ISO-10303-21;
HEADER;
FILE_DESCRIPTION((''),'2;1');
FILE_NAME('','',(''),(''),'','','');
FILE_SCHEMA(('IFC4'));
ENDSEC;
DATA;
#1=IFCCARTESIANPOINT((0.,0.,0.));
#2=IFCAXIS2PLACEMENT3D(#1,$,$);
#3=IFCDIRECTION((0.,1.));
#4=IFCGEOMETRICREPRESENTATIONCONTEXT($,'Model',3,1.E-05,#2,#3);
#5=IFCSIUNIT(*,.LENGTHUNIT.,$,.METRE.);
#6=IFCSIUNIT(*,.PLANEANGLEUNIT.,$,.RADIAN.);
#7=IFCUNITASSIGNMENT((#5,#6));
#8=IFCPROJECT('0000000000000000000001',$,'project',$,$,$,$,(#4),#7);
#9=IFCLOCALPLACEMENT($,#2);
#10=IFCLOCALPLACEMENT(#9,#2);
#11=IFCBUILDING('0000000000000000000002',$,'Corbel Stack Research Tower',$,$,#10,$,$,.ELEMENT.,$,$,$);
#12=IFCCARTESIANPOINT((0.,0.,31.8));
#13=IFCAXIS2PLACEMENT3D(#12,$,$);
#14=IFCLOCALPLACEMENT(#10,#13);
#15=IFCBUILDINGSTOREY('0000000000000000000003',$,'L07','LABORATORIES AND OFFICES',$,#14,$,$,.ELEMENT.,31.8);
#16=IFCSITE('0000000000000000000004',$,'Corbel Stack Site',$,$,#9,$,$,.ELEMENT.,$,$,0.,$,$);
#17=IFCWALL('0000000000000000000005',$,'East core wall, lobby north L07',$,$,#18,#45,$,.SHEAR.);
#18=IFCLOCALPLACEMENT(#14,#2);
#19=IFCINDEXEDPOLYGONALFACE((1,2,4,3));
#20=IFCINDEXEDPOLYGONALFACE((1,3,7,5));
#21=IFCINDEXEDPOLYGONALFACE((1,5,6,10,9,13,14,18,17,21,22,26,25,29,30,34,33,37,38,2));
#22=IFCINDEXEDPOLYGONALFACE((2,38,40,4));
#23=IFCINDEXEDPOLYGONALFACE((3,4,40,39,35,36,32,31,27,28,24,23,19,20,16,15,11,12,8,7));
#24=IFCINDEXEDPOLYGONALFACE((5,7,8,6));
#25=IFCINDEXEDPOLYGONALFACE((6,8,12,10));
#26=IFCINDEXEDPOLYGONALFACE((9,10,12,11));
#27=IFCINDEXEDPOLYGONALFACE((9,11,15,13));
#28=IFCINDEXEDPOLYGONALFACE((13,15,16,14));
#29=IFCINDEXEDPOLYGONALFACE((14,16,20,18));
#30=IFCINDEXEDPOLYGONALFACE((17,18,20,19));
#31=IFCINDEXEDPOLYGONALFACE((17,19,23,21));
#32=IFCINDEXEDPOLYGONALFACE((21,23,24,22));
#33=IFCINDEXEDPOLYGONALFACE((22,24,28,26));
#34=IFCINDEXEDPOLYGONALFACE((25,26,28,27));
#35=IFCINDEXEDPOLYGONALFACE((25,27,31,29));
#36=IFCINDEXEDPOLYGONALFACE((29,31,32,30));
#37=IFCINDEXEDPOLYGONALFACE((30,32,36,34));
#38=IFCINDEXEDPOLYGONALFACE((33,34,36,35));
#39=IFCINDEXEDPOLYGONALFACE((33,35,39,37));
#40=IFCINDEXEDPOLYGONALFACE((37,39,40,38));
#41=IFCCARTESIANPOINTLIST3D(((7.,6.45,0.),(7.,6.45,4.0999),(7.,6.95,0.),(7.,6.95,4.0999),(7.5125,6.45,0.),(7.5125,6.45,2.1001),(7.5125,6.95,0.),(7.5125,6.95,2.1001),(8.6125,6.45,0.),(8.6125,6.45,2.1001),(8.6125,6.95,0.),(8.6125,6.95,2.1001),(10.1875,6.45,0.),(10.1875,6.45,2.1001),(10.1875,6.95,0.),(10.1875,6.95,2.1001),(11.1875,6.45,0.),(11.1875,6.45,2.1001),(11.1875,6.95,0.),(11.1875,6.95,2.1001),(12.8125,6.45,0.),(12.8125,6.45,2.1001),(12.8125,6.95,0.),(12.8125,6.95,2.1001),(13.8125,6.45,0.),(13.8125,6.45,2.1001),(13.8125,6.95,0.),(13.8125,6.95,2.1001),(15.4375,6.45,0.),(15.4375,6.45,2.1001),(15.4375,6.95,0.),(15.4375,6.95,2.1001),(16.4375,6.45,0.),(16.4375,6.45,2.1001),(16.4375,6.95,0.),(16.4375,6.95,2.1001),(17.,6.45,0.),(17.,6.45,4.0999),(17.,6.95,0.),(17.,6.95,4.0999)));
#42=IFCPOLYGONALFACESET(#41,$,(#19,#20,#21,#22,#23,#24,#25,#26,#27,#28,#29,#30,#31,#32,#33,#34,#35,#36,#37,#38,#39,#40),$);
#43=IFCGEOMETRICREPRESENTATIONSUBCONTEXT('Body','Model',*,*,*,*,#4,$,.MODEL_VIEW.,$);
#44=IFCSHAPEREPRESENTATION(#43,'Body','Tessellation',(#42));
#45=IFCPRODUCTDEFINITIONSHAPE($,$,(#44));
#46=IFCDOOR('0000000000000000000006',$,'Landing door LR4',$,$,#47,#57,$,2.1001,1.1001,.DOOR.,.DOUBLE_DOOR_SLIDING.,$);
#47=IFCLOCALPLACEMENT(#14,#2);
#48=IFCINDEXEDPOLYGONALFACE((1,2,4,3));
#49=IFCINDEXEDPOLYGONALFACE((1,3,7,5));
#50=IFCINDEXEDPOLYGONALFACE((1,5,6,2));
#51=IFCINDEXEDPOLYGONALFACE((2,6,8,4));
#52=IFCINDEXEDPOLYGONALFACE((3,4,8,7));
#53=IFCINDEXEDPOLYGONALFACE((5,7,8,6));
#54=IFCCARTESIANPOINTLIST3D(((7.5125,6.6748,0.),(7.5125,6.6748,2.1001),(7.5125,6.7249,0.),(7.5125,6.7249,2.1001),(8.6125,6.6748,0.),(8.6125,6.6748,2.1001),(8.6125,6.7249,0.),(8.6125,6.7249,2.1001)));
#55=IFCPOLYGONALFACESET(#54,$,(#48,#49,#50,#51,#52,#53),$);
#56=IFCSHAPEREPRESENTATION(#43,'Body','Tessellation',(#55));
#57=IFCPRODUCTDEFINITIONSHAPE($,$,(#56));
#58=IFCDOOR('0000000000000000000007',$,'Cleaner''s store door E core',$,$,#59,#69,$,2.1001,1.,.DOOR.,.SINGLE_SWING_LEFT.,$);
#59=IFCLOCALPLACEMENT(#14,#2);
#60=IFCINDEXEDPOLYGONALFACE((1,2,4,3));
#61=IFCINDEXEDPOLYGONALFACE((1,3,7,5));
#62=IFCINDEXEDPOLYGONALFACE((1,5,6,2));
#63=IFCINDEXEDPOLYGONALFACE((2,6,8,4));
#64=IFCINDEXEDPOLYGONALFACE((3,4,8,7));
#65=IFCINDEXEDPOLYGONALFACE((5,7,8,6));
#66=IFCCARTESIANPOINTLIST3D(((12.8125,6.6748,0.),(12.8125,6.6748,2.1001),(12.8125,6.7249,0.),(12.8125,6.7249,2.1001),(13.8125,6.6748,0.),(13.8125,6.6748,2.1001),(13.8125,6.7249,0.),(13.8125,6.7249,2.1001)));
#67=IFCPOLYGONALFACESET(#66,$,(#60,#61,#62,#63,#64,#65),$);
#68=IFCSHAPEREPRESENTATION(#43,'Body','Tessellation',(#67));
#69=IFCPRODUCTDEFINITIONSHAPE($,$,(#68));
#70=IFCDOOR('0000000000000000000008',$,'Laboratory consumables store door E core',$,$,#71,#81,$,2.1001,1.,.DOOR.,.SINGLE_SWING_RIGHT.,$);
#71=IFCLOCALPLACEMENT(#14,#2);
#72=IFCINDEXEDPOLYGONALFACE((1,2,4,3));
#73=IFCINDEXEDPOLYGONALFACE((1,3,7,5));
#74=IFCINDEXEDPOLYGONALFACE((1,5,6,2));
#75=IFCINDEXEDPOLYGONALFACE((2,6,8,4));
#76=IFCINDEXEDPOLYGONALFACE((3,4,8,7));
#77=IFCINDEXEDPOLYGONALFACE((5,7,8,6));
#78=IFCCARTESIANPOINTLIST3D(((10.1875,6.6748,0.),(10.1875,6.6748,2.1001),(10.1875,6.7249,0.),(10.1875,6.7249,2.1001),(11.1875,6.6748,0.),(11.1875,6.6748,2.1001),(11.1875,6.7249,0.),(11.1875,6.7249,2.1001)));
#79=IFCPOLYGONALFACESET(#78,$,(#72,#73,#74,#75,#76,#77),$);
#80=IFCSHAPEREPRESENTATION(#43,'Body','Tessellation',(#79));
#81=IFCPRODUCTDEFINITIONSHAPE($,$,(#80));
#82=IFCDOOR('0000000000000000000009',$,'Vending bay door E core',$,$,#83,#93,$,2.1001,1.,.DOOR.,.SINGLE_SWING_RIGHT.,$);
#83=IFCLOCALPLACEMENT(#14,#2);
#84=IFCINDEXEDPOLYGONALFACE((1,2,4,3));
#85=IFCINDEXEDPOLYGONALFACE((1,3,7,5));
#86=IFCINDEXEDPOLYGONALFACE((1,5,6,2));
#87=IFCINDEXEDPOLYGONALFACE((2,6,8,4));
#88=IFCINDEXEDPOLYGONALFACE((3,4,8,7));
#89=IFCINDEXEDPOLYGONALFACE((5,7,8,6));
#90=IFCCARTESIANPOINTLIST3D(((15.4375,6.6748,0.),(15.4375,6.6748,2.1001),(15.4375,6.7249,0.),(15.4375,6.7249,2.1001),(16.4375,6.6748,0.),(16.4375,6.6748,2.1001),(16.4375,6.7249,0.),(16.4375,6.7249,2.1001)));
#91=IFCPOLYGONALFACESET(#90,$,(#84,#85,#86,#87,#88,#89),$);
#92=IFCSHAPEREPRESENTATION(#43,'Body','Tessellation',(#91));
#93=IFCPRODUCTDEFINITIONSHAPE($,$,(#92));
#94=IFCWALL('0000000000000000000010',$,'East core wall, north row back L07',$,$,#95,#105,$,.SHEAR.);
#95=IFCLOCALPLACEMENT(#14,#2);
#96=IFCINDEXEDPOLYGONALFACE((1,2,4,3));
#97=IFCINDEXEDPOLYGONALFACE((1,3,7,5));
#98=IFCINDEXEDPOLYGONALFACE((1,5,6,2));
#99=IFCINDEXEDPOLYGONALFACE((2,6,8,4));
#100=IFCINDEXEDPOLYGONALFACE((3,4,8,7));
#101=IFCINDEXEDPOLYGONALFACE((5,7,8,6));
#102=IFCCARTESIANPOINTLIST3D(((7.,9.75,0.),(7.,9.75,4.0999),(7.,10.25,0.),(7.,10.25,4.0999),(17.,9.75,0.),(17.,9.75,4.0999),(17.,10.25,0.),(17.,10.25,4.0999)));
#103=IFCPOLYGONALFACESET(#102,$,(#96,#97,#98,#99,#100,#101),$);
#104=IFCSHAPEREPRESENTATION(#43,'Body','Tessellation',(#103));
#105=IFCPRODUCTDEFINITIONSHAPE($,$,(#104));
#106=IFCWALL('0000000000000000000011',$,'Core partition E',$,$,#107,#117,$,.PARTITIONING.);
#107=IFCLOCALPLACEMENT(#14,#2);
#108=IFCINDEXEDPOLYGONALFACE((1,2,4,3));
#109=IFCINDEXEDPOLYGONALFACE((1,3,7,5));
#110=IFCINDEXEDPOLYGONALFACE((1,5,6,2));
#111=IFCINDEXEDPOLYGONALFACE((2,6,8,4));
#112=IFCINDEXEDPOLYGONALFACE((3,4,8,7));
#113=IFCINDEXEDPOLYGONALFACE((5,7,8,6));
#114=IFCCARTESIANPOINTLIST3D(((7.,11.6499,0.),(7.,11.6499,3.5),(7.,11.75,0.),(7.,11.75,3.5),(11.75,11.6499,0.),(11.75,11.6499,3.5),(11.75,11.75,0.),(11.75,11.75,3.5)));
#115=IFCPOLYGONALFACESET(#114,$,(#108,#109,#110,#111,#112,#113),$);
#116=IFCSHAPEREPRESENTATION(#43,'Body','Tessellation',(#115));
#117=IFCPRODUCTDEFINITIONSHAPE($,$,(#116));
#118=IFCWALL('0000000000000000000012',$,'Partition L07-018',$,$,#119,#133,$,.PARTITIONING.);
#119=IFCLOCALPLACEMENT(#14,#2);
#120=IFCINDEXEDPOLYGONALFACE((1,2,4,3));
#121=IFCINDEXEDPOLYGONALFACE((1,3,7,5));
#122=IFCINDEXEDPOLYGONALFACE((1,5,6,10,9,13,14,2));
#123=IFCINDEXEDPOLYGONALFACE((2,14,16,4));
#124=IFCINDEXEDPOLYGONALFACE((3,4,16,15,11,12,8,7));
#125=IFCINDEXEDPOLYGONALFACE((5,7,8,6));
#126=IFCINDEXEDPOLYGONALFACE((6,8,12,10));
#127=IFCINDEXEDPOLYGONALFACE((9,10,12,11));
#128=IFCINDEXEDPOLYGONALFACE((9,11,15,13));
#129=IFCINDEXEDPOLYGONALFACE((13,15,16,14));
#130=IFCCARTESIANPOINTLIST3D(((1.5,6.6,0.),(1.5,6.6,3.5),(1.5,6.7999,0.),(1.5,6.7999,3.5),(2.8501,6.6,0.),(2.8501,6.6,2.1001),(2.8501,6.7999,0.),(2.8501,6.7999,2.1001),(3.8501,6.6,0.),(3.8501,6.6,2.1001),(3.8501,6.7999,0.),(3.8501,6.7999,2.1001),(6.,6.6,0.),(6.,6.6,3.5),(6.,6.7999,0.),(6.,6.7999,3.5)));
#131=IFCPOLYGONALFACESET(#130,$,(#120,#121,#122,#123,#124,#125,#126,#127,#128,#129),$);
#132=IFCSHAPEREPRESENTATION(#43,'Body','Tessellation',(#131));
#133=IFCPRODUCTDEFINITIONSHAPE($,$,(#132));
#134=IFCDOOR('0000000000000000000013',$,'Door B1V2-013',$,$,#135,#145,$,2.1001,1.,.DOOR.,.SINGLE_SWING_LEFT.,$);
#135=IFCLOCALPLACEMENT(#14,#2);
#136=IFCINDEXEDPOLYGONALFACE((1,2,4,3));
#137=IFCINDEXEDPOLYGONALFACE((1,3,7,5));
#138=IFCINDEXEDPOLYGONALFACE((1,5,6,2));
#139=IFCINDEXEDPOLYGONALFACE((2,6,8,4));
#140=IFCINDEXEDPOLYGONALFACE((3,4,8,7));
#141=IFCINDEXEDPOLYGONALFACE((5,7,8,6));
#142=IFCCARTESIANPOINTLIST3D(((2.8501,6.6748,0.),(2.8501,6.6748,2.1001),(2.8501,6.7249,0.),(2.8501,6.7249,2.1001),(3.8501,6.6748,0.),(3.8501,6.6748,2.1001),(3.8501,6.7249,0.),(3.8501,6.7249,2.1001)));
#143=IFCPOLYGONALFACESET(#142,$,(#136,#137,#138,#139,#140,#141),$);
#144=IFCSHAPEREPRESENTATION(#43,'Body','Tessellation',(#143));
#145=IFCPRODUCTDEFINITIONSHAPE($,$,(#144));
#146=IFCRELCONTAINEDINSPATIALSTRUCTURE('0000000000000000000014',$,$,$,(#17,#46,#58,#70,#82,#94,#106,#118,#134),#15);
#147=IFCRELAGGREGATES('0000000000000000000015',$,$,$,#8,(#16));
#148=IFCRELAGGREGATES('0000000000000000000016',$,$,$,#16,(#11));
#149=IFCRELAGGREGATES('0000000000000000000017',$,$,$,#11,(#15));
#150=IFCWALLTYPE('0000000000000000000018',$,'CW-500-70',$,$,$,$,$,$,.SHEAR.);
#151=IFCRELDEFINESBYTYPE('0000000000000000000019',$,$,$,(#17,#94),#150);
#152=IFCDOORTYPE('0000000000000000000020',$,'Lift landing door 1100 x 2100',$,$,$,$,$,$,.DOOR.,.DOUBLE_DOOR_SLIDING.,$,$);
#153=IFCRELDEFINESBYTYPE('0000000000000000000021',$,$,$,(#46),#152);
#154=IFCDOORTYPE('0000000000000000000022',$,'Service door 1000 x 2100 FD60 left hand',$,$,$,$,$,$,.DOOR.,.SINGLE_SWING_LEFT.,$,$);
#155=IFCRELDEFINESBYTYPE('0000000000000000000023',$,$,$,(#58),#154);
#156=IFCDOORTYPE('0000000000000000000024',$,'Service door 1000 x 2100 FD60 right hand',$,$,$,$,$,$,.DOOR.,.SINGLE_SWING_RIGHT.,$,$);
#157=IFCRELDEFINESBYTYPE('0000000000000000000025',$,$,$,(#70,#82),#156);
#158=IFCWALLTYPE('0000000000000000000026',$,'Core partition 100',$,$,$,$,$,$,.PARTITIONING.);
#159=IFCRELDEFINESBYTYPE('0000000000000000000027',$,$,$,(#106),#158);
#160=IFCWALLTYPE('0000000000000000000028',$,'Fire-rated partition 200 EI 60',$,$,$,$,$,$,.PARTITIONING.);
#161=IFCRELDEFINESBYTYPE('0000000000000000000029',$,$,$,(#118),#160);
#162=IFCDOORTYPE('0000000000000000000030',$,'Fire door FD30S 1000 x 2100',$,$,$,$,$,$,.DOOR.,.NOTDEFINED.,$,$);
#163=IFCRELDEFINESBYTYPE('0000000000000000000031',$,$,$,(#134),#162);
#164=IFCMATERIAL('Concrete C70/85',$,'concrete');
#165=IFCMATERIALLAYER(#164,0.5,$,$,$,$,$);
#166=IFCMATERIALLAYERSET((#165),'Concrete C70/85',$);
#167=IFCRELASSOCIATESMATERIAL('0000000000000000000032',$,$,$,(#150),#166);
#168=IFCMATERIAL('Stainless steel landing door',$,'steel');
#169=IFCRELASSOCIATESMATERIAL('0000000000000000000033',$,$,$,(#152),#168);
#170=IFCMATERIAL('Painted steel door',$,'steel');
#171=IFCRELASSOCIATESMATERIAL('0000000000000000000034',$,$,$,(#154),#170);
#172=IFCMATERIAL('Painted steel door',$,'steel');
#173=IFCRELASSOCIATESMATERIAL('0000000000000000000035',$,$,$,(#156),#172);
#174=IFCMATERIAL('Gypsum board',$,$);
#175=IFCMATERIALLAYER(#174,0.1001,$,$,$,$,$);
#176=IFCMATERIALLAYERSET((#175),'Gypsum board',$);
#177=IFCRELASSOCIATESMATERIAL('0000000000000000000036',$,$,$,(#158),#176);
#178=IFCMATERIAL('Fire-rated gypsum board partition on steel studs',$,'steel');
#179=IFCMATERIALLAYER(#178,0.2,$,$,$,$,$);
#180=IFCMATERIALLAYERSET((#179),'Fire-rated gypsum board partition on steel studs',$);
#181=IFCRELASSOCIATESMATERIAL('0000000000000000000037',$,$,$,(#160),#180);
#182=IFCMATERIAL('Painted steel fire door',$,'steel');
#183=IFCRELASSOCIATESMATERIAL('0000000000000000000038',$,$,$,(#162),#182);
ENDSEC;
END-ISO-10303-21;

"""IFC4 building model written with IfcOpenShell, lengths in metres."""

from ifc_helpers import new_model, si_unit, direction, frame, frame_2d, origin, place, context, subcontext, project, spatial, rectangle, extrude, material, layer, layer_set, type_object, element, fill, save


model = new_model("IFC4")

# Units and contexts
model_context = context("Model", 3, precision=1e-05, world=origin(), true_north=direction((0.0, 1.0)))
body_context = subcontext(model_context, "Body", "Model", "MODEL_VIEW")
ifc_project = project(units=[si_unit("LENGTHUNIT", "METRE"), si_unit("PLANEANGLEUNIT", "RADIAN")], contexts=[model_context])

# Site, building, storey
site_placement = place(None, origin())
site = spatial("IfcSite", under=ifc_project, at=site_placement, Name="Corbel Stack Site", CompositionType="ELEMENT", RefElevation=0.0)
building_placement = place(site_placement, origin())
building = spatial("IfcBuilding", under=site, at=building_placement, Name="Corbel Stack Research Tower", CompositionType="ELEMENT")
storey_placement = place(building_placement, frame((0.0, 0.0, 31.8)))
storey = spatial("IfcBuildingStorey", under=building, at=storey_placement, Name="L07", Description="LABORATORIES AND OFFICES", CompositionType="ELEMENT", Elevation=31.8)

# Wall, openings, doors
ifc_material_1 = material(Name="Concrete C70/85", Category="concrete")
ifc_layer_1 = layer(ifc_material_1, 0.5)
ifc_layer_set_1 = layer_set([ifc_layer_1], Name="Concrete C70/85")
wall_type_1 = type_object("IfcWallType", Name="CW-500-70", PredefinedType="SHEAR", material=ifc_layer_set_1)
ifc_material_2 = material(Name="Stainless steel landing door", Category="steel")
door_type_1 = type_object("IfcDoorType", Name="Lift landing door 1100 x 2100", OperationType="DOUBLE_DOOR_SLIDING", PredefinedType="DOOR", material=ifc_material_2)
wall_1_placement = place(storey_placement, frame((7.0, 6.7, 0.0), z_axis=(0.0, 0.0, 1.0), x_axis=(1.0, 0.0, 0.0)))
wall_1 = element("IfcWall", 1, at=wall_1_placement, inside=storey, type_object=wall_type_1, Name="East core wall, lobby north L07", PredefinedType="SHEAR", context=body_context, shape_type="SweptSolid", body=[
    extrude(rectangle(XDim=10.0, YDim=0.5, at=frame_2d((5.0, 0.0))), origin(), (0.0, 0.0, 1.0), 4.0999),
])
opening_1_placement = place(wall_1_placement, frame((0.5125, 0.0, 0.0)))
opening_1 = element("IfcOpeningElement", 2, at=opening_1_placement, cuts=wall_1, PredefinedType="OPENING", context=body_context, shape_type="SweptSolid", body=[
    extrude(rectangle(XDim=1.1001, YDim=2.1001, at=frame_2d((0.55, 1.05))), frame((0.0, 0.26, 0.0), z_axis=(0.0, -1.0, 0.0), x_axis=(1.0, 0.0, 0.0)), (0.0, 0.0, 1.0), 0.52),
])
opening_2_placement = place(wall_1_placement, frame((3.1875, 0.0, 0.0)))
opening_2 = element("IfcOpeningElement", 3, at=opening_2_placement, cuts=wall_1, PredefinedType="OPENING", context=body_context, shape_type="SweptSolid", body=[
    extrude(rectangle(XDim=1.0, YDim=2.1001, at=frame_2d((0.5, 1.05))), frame((0.0, 0.26, 0.0), z_axis=(0.0, -1.0, 0.0), x_axis=(1.0, 0.0, 0.0)), (0.0, 0.0, 1.0), 0.52),
])
opening_3_placement = place(wall_1_placement, frame((5.8125, 0.0, 0.0)))
opening_3 = element("IfcOpeningElement", 4, at=opening_3_placement, cuts=wall_1, PredefinedType="OPENING", context=body_context, shape_type="SweptSolid", body=[
    extrude(rectangle(XDim=1.0, YDim=2.1001, at=frame_2d((0.5, 1.05))), frame((0.0, 0.26, 0.0), z_axis=(0.0, -1.0, 0.0), x_axis=(1.0, 0.0, 0.0)), (0.0, 0.0, 1.0), 0.52),
])
opening_4_placement = place(wall_1_placement, frame((8.4375, 0.0, 0.0)))
opening_4 = element("IfcOpeningElement", 5, at=opening_4_placement, cuts=wall_1, PredefinedType="OPENING", context=body_context, shape_type="SweptSolid", body=[
    extrude(rectangle(XDim=1.0, YDim=2.1001, at=frame_2d((0.5, 1.05))), frame((0.0, 0.26, 0.0), z_axis=(0.0, -1.0, 0.0), x_axis=(1.0, 0.0, 0.0)), (0.0, 0.0, 1.0), 0.52),
])
door_1_placement = place(opening_1_placement, origin())
door_1 = element("IfcDoor", 6, at=door_1_placement, inside=storey, type_object=door_type_1, Name="Landing door LR4", OperationType="DOUBLE_DOOR_SLIDING", OverallHeight=2.1001, OverallWidth=1.1001, PredefinedType="DOOR", context=body_context, shape_type="SweptSolid", body=[
    extrude(rectangle(XDim=1.1001, YDim=2.1001, at=frame_2d((0.55, 1.05))), frame((0.0, 0.0249, 0.0), z_axis=(0.0, -1.0, 0.0), x_axis=(1.0, 0.0, 0.0)), (0.0, 0.0, 1.0), 0.05),
])
fill(opening_1, door_1)
ifc_material_3 = material(Name="Painted steel door", Category="steel")
door_type_2 = type_object("IfcDoorType", Name="Service door 1000 x 2100 FD60 left hand", OperationType="SINGLE_SWING_LEFT", PredefinedType="DOOR", material=ifc_material_3)
door_2_placement = place(opening_3_placement, origin())
door_2 = element("IfcDoor", 7, at=door_2_placement, inside=storey, type_object=door_type_2, Name="Cleaner's store door E core", OperationType="SINGLE_SWING_LEFT", OverallHeight=2.1001, OverallWidth=1.0, PredefinedType="DOOR", context=body_context, shape_type="SweptSolid", body=[
    extrude(rectangle(XDim=1.0, YDim=2.1001, at=frame_2d((0.5, 1.05))), frame((0.0, 0.0249, 0.0), z_axis=(0.0, -1.0, 0.0), x_axis=(1.0, 0.0, 0.0)), (0.0, 0.0, 1.0), 0.05),
])
fill(opening_3, door_2)
ifc_material_4 = material(Name="Painted steel door", Category="steel")
door_type_3 = type_object("IfcDoorType", Name="Service door 1000 x 2100 FD60 right hand", OperationType="SINGLE_SWING_RIGHT", PredefinedType="DOOR", material=ifc_material_4)
door_3_placement = place(opening_2_placement, origin())
door_3 = element("IfcDoor", 8, at=door_3_placement, inside=storey, type_object=door_type_3, Name="Laboratory consumables store door E core", OperationType="SINGLE_SWING_RIGHT", OverallHeight=2.1001, OverallWidth=1.0, PredefinedType="DOOR", context=body_context, shape_type="SweptSolid", body=[
    extrude(rectangle(XDim=1.0, YDim=2.1001, at=frame_2d((0.5, 1.05))), frame((0.0, 0.0249, 0.0), z_axis=(0.0, -1.0, 0.0), x_axis=(1.0, 0.0, 0.0)), (0.0, 0.0, 1.0), 0.05),
])
fill(opening_2, door_3)
door_4_placement = place(opening_4_placement, origin())
door_4 = element("IfcDoor", 9, at=door_4_placement, inside=storey, type_object=door_type_3, Name="Vending bay door E core", OperationType="SINGLE_SWING_RIGHT", OverallHeight=2.1001, OverallWidth=1.0, PredefinedType="DOOR", context=body_context, shape_type="SweptSolid", body=[
    extrude(rectangle(XDim=1.0, YDim=2.1001, at=frame_2d((0.5, 1.05))), frame((0.0, 0.0249, 0.0), z_axis=(0.0, -1.0, 0.0), x_axis=(1.0, 0.0, 0.0)), (0.0, 0.0, 1.0), 0.05),
])
fill(opening_4, door_4)

# Walls
wall_2_placement = place(storey_placement, frame((7.0, 10.0, 0.0), z_axis=(0.0, 0.0, 1.0), x_axis=(1.0, 0.0, 0.0)))
element("IfcWall", 10, at=wall_2_placement, inside=storey, type_object=wall_type_1, Name="East core wall, north row back L07", PredefinedType="SHEAR", context=body_context, shape_type="SweptSolid", body=[
    extrude(rectangle(XDim=10.0, YDim=0.5, at=frame_2d((5.0, 0.0))), origin(), (0.0, 0.0, 1.0), 4.0999),
])
ifc_material_5 = material(Name="Gypsum board")
ifc_layer_2 = layer(ifc_material_5, 0.1001)
ifc_layer_set_2 = layer_set([ifc_layer_2], Name="Gypsum board")
wall_type_2 = type_object("IfcWallType", Name="Core partition 100", PredefinedType="PARTITIONING", material=ifc_layer_set_2)
wall_3_placement = place(storey_placement, frame((7.0, 11.7, 0.0), z_axis=(0.0, 0.0, 1.0), x_axis=(1.0, 0.0, 0.0)))
element("IfcWall", 11, at=wall_3_placement, inside=storey, type_object=wall_type_2, Name="Core partition E", PredefinedType="PARTITIONING", context=body_context, shape_type="SweptSolid", body=[
    extrude(rectangle(XDim=4.75, YDim=0.1001, at=frame_2d((2.375, 0.0))), origin(), (0.0, 0.0, 1.0), 3.5),
])

# Wall, opening, door
ifc_material_6 = material(Name="Fire-rated gypsum board partition on steel studs", Category="steel")
ifc_layer_3 = layer(ifc_material_6, 0.2)
ifc_layer_set_3 = layer_set([ifc_layer_3], Name="Fire-rated gypsum board partition on steel studs")
wall_type_3 = type_object("IfcWallType", Name="Fire-rated partition 200 EI 60", PredefinedType="PARTITIONING", material=ifc_layer_set_3)
wall_4_placement = place(storey_placement, frame((1.5, 6.7, 0.0), z_axis=(0.0, 0.0, 1.0), x_axis=(1.0, 0.0, 0.0)))
wall_4 = element("IfcWall", 12, at=wall_4_placement, inside=storey, type_object=wall_type_3, Name="Partition L07-018", PredefinedType="PARTITIONING", context=body_context, shape_type="SweptSolid", body=[
    extrude(rectangle(XDim=4.5, YDim=0.2, at=frame_2d((2.25, 0.0))), origin(), (0.0, 0.0, 1.0), 3.5),
])
opening_5_placement = place(wall_4_placement, frame((1.3501, 0.0, 0.0)))
opening_5 = element("IfcOpeningElement", 13, at=opening_5_placement, cuts=wall_4, PredefinedType="OPENING", context=body_context, shape_type="SweptSolid", body=[
    extrude(rectangle(XDim=1.0, YDim=2.1001, at=frame_2d((0.5, 1.05))), frame((0.0, 0.1099, 0.0), z_axis=(0.0, -1.0, 0.0), x_axis=(1.0, 0.0, 0.0)), (0.0, 0.0, 1.0), 0.22),
])
ifc_material_7 = material(Name="Painted steel fire door", Category="steel")
door_type_4 = type_object("IfcDoorType", Name="Fire door FD30S 1000 x 2100", OperationType="NOTDEFINED", PredefinedType="DOOR", material=ifc_material_7)
door_5_placement = place(opening_5_placement, origin())
door_5 = element("IfcDoor", 14, at=door_5_placement, inside=storey, type_object=door_type_4, Name="Door B1V2-013", OperationType="SINGLE_SWING_LEFT", OverallHeight=2.1001, OverallWidth=1.0, PredefinedType="DOOR", context=body_context, shape_type="SweptSolid", body=[
    extrude(rectangle(XDim=1.0, YDim=2.1001, at=frame_2d((0.5, 1.05))), frame((0.0, 0.0249, 0.0), z_axis=(0.0, -1.0, 0.0), x_axis=(1.0, 0.0, 0.0)), (0.0, 0.0, 1.0), 0.05),
])
fill(opening_5, door_5)

save(model, "model.ifc")
